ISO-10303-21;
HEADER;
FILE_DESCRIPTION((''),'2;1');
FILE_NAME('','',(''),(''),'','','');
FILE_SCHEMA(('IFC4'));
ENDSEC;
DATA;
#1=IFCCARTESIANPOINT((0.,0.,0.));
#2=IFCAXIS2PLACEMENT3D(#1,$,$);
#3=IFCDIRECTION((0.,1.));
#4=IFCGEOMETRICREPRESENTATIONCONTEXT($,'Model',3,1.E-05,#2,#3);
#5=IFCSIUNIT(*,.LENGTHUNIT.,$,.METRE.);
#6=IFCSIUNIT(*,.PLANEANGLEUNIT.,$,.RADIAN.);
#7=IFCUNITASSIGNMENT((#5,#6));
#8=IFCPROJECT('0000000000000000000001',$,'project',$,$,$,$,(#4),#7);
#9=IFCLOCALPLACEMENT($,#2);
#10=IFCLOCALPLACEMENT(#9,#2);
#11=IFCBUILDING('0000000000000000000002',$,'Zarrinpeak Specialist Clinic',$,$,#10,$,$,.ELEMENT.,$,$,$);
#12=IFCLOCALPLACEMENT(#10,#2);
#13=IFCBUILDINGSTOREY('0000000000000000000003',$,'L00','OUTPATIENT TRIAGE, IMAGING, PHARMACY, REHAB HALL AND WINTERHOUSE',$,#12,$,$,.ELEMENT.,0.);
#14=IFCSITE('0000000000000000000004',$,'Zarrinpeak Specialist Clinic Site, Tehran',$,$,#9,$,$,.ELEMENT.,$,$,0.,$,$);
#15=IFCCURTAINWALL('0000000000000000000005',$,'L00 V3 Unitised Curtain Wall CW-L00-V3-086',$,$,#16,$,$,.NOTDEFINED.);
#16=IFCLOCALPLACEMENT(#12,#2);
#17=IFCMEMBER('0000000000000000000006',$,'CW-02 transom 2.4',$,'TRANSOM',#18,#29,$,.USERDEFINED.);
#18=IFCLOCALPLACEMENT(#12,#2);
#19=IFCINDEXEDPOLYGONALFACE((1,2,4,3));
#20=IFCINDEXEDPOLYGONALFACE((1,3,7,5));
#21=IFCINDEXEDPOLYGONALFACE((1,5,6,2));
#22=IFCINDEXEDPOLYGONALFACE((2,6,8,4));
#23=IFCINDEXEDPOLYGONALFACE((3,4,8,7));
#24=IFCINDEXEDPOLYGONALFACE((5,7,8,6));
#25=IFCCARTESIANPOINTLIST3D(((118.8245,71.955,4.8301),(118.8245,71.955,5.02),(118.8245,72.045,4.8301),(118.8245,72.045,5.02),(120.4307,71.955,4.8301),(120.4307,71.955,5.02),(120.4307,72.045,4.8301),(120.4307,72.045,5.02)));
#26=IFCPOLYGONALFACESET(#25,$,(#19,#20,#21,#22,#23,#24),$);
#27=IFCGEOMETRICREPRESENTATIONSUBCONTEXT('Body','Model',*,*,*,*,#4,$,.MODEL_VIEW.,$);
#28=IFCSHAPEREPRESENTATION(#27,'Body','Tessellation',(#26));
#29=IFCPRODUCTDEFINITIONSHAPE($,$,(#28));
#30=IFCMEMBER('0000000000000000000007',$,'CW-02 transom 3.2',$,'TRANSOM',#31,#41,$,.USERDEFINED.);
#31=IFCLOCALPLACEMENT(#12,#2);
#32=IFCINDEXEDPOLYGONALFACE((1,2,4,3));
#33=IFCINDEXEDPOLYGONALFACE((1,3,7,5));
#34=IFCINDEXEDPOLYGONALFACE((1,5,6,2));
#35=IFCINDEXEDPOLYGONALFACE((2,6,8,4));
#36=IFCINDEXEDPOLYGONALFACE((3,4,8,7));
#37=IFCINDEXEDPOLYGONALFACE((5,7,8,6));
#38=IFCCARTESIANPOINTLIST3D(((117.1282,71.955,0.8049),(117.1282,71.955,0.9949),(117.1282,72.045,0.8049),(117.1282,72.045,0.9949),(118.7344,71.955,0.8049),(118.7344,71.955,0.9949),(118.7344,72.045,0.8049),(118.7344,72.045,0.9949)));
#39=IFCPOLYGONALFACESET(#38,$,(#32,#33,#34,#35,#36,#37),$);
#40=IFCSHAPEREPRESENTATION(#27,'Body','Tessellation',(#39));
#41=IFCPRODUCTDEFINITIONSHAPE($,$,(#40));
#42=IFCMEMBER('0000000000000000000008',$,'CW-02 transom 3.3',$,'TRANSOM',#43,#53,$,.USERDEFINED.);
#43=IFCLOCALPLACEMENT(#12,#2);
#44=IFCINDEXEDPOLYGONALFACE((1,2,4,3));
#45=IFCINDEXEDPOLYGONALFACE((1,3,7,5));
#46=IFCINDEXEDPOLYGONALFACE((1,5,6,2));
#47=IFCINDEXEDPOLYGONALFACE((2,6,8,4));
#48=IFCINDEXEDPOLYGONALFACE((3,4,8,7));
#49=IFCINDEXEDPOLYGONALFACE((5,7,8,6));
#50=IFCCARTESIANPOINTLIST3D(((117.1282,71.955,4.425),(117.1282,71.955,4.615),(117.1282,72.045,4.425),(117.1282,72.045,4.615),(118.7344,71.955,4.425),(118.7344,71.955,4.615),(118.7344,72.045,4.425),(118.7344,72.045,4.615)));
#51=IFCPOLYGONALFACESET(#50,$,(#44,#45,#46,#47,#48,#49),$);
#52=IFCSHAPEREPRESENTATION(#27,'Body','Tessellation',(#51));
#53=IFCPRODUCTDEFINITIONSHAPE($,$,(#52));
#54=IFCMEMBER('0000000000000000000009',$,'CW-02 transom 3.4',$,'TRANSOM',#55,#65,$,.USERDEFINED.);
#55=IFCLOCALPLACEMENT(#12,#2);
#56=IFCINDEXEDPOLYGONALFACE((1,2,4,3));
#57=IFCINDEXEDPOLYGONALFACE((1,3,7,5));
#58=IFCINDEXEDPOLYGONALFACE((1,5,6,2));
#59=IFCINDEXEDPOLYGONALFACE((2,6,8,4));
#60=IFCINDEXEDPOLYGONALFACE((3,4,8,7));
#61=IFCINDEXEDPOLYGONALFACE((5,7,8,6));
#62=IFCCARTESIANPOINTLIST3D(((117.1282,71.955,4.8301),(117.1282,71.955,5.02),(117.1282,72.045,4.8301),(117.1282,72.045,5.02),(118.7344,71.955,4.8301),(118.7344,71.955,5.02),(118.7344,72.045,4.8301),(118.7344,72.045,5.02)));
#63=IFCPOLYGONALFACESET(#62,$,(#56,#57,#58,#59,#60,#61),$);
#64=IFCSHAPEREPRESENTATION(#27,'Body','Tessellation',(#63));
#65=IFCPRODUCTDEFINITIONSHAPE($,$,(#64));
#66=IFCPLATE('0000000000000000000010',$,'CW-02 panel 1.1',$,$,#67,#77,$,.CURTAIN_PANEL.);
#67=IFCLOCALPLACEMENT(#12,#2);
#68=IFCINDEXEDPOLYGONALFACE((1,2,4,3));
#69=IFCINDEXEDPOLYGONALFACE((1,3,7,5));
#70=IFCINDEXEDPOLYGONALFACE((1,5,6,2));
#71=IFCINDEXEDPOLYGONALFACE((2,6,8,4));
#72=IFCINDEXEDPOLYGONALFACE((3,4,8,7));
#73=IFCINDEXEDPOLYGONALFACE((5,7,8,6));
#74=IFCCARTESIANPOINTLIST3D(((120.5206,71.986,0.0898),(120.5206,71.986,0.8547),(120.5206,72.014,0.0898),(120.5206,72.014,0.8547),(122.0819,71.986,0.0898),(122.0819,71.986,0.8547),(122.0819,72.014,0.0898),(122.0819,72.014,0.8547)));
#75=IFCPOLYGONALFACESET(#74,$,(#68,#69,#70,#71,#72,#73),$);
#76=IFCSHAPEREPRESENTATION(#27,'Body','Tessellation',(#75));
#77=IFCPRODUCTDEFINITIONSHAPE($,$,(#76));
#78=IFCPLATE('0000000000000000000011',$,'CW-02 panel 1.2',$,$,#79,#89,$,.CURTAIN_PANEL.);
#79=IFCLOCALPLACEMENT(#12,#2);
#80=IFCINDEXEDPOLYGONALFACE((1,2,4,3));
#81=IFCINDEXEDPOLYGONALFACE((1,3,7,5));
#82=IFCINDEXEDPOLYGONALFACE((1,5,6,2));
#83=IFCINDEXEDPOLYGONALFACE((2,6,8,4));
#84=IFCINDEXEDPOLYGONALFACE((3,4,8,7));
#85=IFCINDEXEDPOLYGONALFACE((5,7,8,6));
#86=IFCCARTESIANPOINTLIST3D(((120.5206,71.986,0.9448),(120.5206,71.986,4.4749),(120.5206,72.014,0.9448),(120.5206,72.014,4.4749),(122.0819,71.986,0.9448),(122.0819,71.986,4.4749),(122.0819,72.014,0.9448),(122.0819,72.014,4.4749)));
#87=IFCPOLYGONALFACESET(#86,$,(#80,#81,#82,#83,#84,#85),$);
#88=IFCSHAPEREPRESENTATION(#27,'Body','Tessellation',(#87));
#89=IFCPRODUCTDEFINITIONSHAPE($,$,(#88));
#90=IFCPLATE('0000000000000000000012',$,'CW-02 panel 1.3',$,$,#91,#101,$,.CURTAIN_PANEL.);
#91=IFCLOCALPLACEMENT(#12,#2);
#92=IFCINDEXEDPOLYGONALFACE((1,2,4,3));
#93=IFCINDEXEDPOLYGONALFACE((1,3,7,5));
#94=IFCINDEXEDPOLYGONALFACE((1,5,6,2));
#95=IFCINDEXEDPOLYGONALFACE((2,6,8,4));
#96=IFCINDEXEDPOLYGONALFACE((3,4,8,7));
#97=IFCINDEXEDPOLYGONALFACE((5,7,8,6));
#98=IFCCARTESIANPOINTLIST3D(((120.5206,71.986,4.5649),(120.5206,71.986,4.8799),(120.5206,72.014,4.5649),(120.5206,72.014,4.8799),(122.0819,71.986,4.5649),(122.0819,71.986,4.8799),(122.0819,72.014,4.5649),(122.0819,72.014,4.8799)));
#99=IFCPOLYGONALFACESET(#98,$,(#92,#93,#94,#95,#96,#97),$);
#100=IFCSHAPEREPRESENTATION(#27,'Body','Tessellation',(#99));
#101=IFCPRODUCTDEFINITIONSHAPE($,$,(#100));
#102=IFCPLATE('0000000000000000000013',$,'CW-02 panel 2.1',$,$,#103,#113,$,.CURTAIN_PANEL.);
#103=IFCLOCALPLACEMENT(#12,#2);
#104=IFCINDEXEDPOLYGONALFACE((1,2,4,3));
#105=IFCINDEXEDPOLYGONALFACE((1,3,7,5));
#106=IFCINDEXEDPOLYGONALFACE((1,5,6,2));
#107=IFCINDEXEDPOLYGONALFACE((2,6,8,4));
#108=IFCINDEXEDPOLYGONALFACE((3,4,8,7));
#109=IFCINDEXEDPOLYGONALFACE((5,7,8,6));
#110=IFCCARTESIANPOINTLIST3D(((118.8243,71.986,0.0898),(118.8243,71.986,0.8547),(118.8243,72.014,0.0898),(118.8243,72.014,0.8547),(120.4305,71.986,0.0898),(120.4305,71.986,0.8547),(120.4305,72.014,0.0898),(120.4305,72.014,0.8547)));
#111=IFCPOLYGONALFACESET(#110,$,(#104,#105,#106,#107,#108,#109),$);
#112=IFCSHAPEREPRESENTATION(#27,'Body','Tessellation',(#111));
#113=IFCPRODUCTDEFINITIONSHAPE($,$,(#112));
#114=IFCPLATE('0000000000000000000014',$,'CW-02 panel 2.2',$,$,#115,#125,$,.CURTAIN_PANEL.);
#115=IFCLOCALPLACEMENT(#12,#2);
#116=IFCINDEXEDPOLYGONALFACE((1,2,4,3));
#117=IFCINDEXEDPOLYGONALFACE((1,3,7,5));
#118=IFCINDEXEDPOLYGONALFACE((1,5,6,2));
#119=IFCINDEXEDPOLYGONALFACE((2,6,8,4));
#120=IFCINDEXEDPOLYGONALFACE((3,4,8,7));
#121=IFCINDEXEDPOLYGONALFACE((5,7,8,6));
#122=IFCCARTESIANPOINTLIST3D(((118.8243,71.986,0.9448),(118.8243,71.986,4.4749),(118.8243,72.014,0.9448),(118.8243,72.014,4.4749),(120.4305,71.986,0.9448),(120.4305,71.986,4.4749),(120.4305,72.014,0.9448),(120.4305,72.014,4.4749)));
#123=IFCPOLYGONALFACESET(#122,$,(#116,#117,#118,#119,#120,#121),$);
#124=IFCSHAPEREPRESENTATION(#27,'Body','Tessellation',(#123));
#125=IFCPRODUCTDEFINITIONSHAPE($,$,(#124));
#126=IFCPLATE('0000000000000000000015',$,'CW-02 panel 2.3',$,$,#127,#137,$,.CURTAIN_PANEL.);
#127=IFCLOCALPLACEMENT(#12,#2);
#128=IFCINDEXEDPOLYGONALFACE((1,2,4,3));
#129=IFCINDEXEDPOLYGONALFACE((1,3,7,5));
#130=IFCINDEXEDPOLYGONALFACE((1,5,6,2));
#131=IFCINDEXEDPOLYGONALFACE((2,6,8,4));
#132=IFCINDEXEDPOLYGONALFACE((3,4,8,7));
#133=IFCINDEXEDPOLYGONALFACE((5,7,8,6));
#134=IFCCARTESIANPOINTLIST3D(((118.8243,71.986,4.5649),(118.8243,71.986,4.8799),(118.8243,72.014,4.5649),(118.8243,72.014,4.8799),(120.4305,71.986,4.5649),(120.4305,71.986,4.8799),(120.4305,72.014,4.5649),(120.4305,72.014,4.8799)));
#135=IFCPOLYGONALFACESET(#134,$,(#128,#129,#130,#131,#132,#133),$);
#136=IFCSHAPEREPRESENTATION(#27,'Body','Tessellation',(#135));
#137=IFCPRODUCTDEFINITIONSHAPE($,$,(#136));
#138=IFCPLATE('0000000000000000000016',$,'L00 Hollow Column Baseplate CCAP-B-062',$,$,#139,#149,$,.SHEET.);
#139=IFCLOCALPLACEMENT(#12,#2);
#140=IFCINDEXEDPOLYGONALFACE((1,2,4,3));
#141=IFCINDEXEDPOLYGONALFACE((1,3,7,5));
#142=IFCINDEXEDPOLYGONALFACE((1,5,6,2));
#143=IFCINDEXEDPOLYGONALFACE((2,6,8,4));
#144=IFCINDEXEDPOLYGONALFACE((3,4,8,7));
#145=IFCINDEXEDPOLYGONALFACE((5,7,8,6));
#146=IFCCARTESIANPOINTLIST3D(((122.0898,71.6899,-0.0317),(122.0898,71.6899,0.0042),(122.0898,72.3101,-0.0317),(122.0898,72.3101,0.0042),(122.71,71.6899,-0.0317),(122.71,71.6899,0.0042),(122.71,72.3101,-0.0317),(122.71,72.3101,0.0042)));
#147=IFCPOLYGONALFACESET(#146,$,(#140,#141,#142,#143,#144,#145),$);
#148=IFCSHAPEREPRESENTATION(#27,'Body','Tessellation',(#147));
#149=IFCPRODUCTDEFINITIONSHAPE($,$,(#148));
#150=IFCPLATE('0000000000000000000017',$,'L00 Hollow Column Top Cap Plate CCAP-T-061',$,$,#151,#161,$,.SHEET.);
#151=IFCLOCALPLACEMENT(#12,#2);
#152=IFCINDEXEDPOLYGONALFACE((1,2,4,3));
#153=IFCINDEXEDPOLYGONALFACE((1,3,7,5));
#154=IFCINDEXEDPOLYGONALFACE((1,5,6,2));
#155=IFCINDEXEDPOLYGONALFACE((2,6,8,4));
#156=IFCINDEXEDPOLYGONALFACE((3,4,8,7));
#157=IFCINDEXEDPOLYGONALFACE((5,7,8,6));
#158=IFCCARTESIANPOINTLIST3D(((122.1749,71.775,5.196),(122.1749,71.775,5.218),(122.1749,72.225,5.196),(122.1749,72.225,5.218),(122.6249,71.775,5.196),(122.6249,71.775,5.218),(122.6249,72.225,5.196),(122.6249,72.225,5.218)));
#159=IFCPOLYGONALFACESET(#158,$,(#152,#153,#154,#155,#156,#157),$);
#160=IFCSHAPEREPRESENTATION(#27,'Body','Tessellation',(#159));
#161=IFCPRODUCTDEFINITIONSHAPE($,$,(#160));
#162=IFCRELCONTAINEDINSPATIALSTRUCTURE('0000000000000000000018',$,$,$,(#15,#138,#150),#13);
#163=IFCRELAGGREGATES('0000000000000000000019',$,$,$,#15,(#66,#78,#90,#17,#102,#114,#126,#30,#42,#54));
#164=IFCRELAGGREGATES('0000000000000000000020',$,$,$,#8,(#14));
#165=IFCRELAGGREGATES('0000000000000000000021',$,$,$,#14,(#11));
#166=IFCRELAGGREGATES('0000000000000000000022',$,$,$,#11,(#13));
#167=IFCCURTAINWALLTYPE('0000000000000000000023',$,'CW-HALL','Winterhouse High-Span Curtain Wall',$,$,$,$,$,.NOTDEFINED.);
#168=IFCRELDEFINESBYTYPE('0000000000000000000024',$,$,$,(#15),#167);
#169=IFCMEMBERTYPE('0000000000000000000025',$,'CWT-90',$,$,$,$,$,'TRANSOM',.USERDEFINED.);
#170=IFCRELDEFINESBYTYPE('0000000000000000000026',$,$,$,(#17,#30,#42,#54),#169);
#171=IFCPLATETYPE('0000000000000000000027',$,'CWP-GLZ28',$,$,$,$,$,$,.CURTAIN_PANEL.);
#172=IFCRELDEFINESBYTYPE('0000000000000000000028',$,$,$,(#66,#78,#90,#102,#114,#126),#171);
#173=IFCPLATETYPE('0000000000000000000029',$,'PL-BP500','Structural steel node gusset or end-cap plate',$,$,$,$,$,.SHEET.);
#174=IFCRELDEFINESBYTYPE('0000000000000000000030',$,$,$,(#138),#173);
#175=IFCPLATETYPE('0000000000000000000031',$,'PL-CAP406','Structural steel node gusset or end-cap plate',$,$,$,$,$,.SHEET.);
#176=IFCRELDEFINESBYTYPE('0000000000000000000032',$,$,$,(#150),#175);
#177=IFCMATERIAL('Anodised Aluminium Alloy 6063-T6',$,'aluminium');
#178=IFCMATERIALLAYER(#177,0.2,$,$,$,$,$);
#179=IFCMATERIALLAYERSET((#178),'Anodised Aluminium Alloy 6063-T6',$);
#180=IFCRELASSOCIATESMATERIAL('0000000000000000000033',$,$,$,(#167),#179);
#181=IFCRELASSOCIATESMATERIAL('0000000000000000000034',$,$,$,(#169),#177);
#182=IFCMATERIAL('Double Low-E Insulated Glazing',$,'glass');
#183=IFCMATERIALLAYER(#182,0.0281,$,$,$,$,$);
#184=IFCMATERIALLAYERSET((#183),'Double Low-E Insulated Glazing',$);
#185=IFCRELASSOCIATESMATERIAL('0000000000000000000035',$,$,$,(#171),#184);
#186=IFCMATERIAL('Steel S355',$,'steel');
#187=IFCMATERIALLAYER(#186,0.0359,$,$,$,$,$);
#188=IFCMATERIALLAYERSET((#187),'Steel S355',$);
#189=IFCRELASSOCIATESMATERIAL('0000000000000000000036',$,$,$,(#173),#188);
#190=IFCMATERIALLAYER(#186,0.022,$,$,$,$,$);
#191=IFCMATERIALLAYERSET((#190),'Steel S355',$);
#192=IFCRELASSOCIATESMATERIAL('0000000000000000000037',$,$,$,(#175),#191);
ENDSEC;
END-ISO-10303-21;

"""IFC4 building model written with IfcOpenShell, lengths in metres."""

from ifc_helpers import new_model, si_unit, direction, frame, origin, origin_2d, place, context, subcontext, project, spatial, rectangle, extrude, material, layer, layer_set, material_profile, profile_set, type_object, element, aggregate, save


model = new_model("IFC4")

# Units and contexts
model_context = context("Model", 3, precision=1e-05, world=origin(), true_north=direction((0.0, 1.0)))
body_context = subcontext(model_context, "Body", "Model", "MODEL_VIEW")
ifc_project = project(units=[si_unit("LENGTHUNIT", "METRE"), si_unit("PLANEANGLEUNIT", "RADIAN")], contexts=[model_context])

# Site, building, storey
site_placement = place(None, origin())
site = spatial("IfcSite", under=ifc_project, at=site_placement, Name="Zarrinpeak Specialist Clinic Site, Tehran", CompositionType="ELEMENT", RefElevation=0.0)
building_placement = place(site_placement, origin())
building = spatial("IfcBuilding", under=site, at=building_placement, Name="Zarrinpeak Specialist Clinic", CompositionType="ELEMENT")
storey_placement = place(building_placement, origin())
storey = spatial("IfcBuildingStorey", under=building, at=storey_placement, Name="L00", Description="OUTPATIENT TRIAGE, IMAGING, PHARMACY, REHAB HALL AND WINTERHOUSE", CompositionType="ELEMENT", Elevation=0.0)

# Shared definitions
ifc_material_1 = material(Name="Steel S355", Category="steel")

# Curtain wall, members, plates
ifc_material_2 = material(Name="Anodised Aluminium Alloy 6063-T6", Category="aluminium")
ifc_layer_1 = layer(ifc_material_2, 0.2)
ifc_layer_set_1 = layer_set([ifc_layer_1], Name="Anodised Aluminium Alloy 6063-T6")
curtain_wall_type = type_object("IfcCurtainWallType", Name="CW-HALL", Description="Winterhouse High-Span Curtain Wall", PredefinedType="NOTDEFINED", material=ifc_layer_set_1)
curtain_wall_placement = place(storey_placement, origin())
curtain_wall = element("IfcCurtainWall", 1, at=curtain_wall_placement, inside=storey, type_object=curtain_wall_type, Name="L00 V3 Unitised Curtain Wall CW-L00-V3-086", PredefinedType="NOTDEFINED")
ifc_material_profile_1 = material_profile(ifc_material_2, rectangle(XDim=0.0901, YDim=0.1899, at=origin_2d()), Name="ALU 90x190")
ifc_profile_set_1 = profile_set([ifc_material_profile_1], Name="Anodised Aluminium Alloy 6063-T6")
member_type_1 = type_object("IfcMemberType", Name="CWT-90", ElementType="TRANSOM", PredefinedType="USERDEFINED", material=ifc_profile_set_1)
member_1_placement = place(storey_placement, frame((120.4307, 72.0, 4.925), z_axis=(-1.0, 0.0, 0.0), x_axis=(0.0, -1.0, 0.0)))
member_1 = element("IfcMember", 2, at=member_1_placement, type_object=member_type_1, Name="CW-02 transom 2.4", ObjectType="TRANSOM", PredefinedType="USERDEFINED", context=body_context, shape_type="SweptSolid", body=[
    extrude(rectangle(XDim=0.0901, YDim=0.1899, at=origin_2d()), origin(), (0.0, 0.0, 1.0), 1.6062),
])
member_2_placement = place(storey_placement, frame((118.7344, 72.0, 0.8999), z_axis=(-1.0, 0.0, 0.0), x_axis=(0.0, -1.0, 0.0)))
member_2 = element("IfcMember", 3, at=member_2_placement, type_object=member_type_1, Name="CW-02 transom 3.2", ObjectType="TRANSOM", PredefinedType="USERDEFINED", context=body_context, shape_type="SweptSolid", body=[
    extrude(rectangle(XDim=0.0901, YDim=0.1899, at=origin_2d()), origin(), (0.0, 0.0, 1.0), 1.6062),
])
member_3_placement = place(storey_placement, frame((118.7344, 72.0, 4.52), z_axis=(-1.0, 0.0, 0.0), x_axis=(0.0, -1.0, 0.0)))
member_3 = element("IfcMember", 4, at=member_3_placement, type_object=member_type_1, Name="CW-02 transom 3.3", ObjectType="TRANSOM", PredefinedType="USERDEFINED", context=body_context, shape_type="SweptSolid", body=[
    extrude(rectangle(XDim=0.0901, YDim=0.1899, at=origin_2d()), origin(), (0.0, 0.0, 1.0), 1.6062),
])
member_4_placement = place(storey_placement, frame((118.7344, 72.0, 4.925), z_axis=(-1.0, 0.0, 0.0), x_axis=(0.0, -1.0, 0.0)))
member_4 = element("IfcMember", 5, at=member_4_placement, type_object=member_type_1, Name="CW-02 transom 3.4", ObjectType="TRANSOM", PredefinedType="USERDEFINED", context=body_context, shape_type="SweptSolid", body=[
    extrude(rectangle(XDim=0.0901, YDim=0.1899, at=origin_2d()), origin(), (0.0, 0.0, 1.0), 1.6062),
])
ifc_material_3 = material(Name="Double Low-E Insulated Glazing", Category="glass")
ifc_layer_2 = layer(ifc_material_3, 0.0281)
ifc_layer_set_2 = layer_set([ifc_layer_2], Name="Double Low-E Insulated Glazing")
plate_type_1 = type_object("IfcPlateType", Name="CWP-GLZ28", PredefinedType="CURTAIN_PANEL", material=ifc_layer_set_2)
plate_1_placement = place(storey_placement, frame((121.3013, 72.0, 0.0898), z_axis=(0.0, 0.0, 1.0), x_axis=(-1.0, 0.0, 0.0)))
plate_1 = element("IfcPlate", 6, at=plate_1_placement, type_object=plate_type_1, Name="CW-02 panel 1.1", PredefinedType="CURTAIN_PANEL", context=body_context, shape_type="SweptSolid", body=[
    extrude(rectangle(XDim=1.5613, YDim=0.0281, at=origin_2d()), origin(), (0.0, 0.0, 1.0), 0.7649),
])
plate_2_placement = place(storey_placement, frame((121.3013, 72.0, 0.9448), z_axis=(0.0, 0.0, 1.0), x_axis=(-1.0, 0.0, 0.0)))
plate_2 = element("IfcPlate", 7, at=plate_2_placement, type_object=plate_type_1, Name="CW-02 panel 1.2", PredefinedType="CURTAIN_PANEL", context=body_context, shape_type="SweptSolid", body=[
    extrude(rectangle(XDim=1.5613, YDim=0.0281, at=origin_2d()), origin(), (0.0, 0.0, 1.0), 3.53),
])
plate_3_placement = place(storey_placement, frame((121.3013, 72.0, 4.5649), z_axis=(0.0, 0.0, 1.0), x_axis=(-1.0, 0.0, 0.0)))
plate_3 = element("IfcPlate", 8, at=plate_3_placement, type_object=plate_type_1, Name="CW-02 panel 1.3", PredefinedType="CURTAIN_PANEL", context=body_context, shape_type="SweptSolid", body=[
    extrude(rectangle(XDim=1.5613, YDim=0.0281, at=origin_2d()), origin(), (0.0, 0.0, 1.0), 0.3149),
])
plate_4_placement = place(storey_placement, frame((119.6274, 72.0, 0.0898), z_axis=(0.0, 0.0, 1.0), x_axis=(-1.0, 0.0, 0.0)))
plate_4 = element("IfcPlate", 9, at=plate_4_placement, type_object=plate_type_1, Name="CW-02 panel 2.1", PredefinedType="CURTAIN_PANEL", context=body_context, shape_type="SweptSolid", body=[
    extrude(rectangle(XDim=1.6062, YDim=0.0281, at=origin_2d()), origin(), (0.0, 0.0, 1.0), 0.7649),
])
plate_5_placement = place(storey_placement, frame((119.6274, 72.0, 0.9448), z_axis=(0.0, 0.0, 1.0), x_axis=(-1.0, 0.0, 0.0)))
plate_5 = element("IfcPlate", 10, at=plate_5_placement, type_object=plate_type_1, Name="CW-02 panel 2.2", PredefinedType="CURTAIN_PANEL", context=body_context, shape_type="SweptSolid", body=[
    extrude(rectangle(XDim=1.6062, YDim=0.0281, at=origin_2d()), origin(), (0.0, 0.0, 1.0), 3.53),
])
plate_6_placement = place(storey_placement, frame((119.6274, 72.0, 4.5649), z_axis=(0.0, 0.0, 1.0), x_axis=(-1.0, 0.0, 0.0)))
plate_6 = element("IfcPlate", 11, at=plate_6_placement, type_object=plate_type_1, Name="CW-02 panel 2.3", PredefinedType="CURTAIN_PANEL", context=body_context, shape_type="SweptSolid", body=[
    extrude(rectangle(XDim=1.6062, YDim=0.0281, at=origin_2d()), origin(), (0.0, 0.0, 1.0), 0.3149),
])
aggregate(curtain_wall, [plate_1, plate_2, plate_3, member_1, plate_4, plate_5, plate_6, member_2, member_3, member_4])

# Plates
ifc_layer_3 = layer(ifc_material_1, 0.0359)
ifc_layer_set_3 = layer_set([ifc_layer_3], Name="Steel S355")
plate_type_2 = type_object("IfcPlateType", Name="PL-BP500", Description="Structural steel node gusset or end-cap plate", PredefinedType="SHEET", material=ifc_layer_set_3)
plate_7_placement = place(storey_placement, frame((122.3999, 72.0, -0.0317), z_axis=(0.0, 0.0, 1.0), x_axis=(1.0, 0.0, 0.0)))
element("IfcPlate", 12, at=plate_7_placement, inside=storey, type_object=plate_type_2, Name="L00 Hollow Column Baseplate CCAP-B-062", PredefinedType="SHEET", context=body_context, shape_type="SweptSolid", body=[
    extrude(rectangle(XDim=0.6201, YDim=0.6201, at=origin_2d()), origin(), (0.0, 0.0, 1.0), 0.0359),
])
ifc_layer_4 = layer(ifc_material_1, 0.022)
ifc_layer_set_4 = layer_set([ifc_layer_4], Name="Steel S355")
plate_type_3 = type_object("IfcPlateType", Name="PL-CAP406", Description="Structural steel node gusset or end-cap plate", PredefinedType="SHEET", material=ifc_layer_set_4)
plate_8_placement = place(storey_placement, frame((122.3999, 72.0, 5.196), z_axis=(0.0, 0.0, 1.0), x_axis=(1.0, 0.0, 0.0)))
element("IfcPlate", 13, at=plate_8_placement, inside=storey, type_object=plate_type_3, Name="L00 Hollow Column Top Cap Plate CCAP-T-061", PredefinedType="SHEET", context=body_context, shape_type="SweptSolid", body=[
    extrude(rectangle(XDim=0.45, YDim=0.45, at=origin_2d()), origin(), (0.0, 0.0, 1.0), 0.022),
])

save(model, "model.ifc")
